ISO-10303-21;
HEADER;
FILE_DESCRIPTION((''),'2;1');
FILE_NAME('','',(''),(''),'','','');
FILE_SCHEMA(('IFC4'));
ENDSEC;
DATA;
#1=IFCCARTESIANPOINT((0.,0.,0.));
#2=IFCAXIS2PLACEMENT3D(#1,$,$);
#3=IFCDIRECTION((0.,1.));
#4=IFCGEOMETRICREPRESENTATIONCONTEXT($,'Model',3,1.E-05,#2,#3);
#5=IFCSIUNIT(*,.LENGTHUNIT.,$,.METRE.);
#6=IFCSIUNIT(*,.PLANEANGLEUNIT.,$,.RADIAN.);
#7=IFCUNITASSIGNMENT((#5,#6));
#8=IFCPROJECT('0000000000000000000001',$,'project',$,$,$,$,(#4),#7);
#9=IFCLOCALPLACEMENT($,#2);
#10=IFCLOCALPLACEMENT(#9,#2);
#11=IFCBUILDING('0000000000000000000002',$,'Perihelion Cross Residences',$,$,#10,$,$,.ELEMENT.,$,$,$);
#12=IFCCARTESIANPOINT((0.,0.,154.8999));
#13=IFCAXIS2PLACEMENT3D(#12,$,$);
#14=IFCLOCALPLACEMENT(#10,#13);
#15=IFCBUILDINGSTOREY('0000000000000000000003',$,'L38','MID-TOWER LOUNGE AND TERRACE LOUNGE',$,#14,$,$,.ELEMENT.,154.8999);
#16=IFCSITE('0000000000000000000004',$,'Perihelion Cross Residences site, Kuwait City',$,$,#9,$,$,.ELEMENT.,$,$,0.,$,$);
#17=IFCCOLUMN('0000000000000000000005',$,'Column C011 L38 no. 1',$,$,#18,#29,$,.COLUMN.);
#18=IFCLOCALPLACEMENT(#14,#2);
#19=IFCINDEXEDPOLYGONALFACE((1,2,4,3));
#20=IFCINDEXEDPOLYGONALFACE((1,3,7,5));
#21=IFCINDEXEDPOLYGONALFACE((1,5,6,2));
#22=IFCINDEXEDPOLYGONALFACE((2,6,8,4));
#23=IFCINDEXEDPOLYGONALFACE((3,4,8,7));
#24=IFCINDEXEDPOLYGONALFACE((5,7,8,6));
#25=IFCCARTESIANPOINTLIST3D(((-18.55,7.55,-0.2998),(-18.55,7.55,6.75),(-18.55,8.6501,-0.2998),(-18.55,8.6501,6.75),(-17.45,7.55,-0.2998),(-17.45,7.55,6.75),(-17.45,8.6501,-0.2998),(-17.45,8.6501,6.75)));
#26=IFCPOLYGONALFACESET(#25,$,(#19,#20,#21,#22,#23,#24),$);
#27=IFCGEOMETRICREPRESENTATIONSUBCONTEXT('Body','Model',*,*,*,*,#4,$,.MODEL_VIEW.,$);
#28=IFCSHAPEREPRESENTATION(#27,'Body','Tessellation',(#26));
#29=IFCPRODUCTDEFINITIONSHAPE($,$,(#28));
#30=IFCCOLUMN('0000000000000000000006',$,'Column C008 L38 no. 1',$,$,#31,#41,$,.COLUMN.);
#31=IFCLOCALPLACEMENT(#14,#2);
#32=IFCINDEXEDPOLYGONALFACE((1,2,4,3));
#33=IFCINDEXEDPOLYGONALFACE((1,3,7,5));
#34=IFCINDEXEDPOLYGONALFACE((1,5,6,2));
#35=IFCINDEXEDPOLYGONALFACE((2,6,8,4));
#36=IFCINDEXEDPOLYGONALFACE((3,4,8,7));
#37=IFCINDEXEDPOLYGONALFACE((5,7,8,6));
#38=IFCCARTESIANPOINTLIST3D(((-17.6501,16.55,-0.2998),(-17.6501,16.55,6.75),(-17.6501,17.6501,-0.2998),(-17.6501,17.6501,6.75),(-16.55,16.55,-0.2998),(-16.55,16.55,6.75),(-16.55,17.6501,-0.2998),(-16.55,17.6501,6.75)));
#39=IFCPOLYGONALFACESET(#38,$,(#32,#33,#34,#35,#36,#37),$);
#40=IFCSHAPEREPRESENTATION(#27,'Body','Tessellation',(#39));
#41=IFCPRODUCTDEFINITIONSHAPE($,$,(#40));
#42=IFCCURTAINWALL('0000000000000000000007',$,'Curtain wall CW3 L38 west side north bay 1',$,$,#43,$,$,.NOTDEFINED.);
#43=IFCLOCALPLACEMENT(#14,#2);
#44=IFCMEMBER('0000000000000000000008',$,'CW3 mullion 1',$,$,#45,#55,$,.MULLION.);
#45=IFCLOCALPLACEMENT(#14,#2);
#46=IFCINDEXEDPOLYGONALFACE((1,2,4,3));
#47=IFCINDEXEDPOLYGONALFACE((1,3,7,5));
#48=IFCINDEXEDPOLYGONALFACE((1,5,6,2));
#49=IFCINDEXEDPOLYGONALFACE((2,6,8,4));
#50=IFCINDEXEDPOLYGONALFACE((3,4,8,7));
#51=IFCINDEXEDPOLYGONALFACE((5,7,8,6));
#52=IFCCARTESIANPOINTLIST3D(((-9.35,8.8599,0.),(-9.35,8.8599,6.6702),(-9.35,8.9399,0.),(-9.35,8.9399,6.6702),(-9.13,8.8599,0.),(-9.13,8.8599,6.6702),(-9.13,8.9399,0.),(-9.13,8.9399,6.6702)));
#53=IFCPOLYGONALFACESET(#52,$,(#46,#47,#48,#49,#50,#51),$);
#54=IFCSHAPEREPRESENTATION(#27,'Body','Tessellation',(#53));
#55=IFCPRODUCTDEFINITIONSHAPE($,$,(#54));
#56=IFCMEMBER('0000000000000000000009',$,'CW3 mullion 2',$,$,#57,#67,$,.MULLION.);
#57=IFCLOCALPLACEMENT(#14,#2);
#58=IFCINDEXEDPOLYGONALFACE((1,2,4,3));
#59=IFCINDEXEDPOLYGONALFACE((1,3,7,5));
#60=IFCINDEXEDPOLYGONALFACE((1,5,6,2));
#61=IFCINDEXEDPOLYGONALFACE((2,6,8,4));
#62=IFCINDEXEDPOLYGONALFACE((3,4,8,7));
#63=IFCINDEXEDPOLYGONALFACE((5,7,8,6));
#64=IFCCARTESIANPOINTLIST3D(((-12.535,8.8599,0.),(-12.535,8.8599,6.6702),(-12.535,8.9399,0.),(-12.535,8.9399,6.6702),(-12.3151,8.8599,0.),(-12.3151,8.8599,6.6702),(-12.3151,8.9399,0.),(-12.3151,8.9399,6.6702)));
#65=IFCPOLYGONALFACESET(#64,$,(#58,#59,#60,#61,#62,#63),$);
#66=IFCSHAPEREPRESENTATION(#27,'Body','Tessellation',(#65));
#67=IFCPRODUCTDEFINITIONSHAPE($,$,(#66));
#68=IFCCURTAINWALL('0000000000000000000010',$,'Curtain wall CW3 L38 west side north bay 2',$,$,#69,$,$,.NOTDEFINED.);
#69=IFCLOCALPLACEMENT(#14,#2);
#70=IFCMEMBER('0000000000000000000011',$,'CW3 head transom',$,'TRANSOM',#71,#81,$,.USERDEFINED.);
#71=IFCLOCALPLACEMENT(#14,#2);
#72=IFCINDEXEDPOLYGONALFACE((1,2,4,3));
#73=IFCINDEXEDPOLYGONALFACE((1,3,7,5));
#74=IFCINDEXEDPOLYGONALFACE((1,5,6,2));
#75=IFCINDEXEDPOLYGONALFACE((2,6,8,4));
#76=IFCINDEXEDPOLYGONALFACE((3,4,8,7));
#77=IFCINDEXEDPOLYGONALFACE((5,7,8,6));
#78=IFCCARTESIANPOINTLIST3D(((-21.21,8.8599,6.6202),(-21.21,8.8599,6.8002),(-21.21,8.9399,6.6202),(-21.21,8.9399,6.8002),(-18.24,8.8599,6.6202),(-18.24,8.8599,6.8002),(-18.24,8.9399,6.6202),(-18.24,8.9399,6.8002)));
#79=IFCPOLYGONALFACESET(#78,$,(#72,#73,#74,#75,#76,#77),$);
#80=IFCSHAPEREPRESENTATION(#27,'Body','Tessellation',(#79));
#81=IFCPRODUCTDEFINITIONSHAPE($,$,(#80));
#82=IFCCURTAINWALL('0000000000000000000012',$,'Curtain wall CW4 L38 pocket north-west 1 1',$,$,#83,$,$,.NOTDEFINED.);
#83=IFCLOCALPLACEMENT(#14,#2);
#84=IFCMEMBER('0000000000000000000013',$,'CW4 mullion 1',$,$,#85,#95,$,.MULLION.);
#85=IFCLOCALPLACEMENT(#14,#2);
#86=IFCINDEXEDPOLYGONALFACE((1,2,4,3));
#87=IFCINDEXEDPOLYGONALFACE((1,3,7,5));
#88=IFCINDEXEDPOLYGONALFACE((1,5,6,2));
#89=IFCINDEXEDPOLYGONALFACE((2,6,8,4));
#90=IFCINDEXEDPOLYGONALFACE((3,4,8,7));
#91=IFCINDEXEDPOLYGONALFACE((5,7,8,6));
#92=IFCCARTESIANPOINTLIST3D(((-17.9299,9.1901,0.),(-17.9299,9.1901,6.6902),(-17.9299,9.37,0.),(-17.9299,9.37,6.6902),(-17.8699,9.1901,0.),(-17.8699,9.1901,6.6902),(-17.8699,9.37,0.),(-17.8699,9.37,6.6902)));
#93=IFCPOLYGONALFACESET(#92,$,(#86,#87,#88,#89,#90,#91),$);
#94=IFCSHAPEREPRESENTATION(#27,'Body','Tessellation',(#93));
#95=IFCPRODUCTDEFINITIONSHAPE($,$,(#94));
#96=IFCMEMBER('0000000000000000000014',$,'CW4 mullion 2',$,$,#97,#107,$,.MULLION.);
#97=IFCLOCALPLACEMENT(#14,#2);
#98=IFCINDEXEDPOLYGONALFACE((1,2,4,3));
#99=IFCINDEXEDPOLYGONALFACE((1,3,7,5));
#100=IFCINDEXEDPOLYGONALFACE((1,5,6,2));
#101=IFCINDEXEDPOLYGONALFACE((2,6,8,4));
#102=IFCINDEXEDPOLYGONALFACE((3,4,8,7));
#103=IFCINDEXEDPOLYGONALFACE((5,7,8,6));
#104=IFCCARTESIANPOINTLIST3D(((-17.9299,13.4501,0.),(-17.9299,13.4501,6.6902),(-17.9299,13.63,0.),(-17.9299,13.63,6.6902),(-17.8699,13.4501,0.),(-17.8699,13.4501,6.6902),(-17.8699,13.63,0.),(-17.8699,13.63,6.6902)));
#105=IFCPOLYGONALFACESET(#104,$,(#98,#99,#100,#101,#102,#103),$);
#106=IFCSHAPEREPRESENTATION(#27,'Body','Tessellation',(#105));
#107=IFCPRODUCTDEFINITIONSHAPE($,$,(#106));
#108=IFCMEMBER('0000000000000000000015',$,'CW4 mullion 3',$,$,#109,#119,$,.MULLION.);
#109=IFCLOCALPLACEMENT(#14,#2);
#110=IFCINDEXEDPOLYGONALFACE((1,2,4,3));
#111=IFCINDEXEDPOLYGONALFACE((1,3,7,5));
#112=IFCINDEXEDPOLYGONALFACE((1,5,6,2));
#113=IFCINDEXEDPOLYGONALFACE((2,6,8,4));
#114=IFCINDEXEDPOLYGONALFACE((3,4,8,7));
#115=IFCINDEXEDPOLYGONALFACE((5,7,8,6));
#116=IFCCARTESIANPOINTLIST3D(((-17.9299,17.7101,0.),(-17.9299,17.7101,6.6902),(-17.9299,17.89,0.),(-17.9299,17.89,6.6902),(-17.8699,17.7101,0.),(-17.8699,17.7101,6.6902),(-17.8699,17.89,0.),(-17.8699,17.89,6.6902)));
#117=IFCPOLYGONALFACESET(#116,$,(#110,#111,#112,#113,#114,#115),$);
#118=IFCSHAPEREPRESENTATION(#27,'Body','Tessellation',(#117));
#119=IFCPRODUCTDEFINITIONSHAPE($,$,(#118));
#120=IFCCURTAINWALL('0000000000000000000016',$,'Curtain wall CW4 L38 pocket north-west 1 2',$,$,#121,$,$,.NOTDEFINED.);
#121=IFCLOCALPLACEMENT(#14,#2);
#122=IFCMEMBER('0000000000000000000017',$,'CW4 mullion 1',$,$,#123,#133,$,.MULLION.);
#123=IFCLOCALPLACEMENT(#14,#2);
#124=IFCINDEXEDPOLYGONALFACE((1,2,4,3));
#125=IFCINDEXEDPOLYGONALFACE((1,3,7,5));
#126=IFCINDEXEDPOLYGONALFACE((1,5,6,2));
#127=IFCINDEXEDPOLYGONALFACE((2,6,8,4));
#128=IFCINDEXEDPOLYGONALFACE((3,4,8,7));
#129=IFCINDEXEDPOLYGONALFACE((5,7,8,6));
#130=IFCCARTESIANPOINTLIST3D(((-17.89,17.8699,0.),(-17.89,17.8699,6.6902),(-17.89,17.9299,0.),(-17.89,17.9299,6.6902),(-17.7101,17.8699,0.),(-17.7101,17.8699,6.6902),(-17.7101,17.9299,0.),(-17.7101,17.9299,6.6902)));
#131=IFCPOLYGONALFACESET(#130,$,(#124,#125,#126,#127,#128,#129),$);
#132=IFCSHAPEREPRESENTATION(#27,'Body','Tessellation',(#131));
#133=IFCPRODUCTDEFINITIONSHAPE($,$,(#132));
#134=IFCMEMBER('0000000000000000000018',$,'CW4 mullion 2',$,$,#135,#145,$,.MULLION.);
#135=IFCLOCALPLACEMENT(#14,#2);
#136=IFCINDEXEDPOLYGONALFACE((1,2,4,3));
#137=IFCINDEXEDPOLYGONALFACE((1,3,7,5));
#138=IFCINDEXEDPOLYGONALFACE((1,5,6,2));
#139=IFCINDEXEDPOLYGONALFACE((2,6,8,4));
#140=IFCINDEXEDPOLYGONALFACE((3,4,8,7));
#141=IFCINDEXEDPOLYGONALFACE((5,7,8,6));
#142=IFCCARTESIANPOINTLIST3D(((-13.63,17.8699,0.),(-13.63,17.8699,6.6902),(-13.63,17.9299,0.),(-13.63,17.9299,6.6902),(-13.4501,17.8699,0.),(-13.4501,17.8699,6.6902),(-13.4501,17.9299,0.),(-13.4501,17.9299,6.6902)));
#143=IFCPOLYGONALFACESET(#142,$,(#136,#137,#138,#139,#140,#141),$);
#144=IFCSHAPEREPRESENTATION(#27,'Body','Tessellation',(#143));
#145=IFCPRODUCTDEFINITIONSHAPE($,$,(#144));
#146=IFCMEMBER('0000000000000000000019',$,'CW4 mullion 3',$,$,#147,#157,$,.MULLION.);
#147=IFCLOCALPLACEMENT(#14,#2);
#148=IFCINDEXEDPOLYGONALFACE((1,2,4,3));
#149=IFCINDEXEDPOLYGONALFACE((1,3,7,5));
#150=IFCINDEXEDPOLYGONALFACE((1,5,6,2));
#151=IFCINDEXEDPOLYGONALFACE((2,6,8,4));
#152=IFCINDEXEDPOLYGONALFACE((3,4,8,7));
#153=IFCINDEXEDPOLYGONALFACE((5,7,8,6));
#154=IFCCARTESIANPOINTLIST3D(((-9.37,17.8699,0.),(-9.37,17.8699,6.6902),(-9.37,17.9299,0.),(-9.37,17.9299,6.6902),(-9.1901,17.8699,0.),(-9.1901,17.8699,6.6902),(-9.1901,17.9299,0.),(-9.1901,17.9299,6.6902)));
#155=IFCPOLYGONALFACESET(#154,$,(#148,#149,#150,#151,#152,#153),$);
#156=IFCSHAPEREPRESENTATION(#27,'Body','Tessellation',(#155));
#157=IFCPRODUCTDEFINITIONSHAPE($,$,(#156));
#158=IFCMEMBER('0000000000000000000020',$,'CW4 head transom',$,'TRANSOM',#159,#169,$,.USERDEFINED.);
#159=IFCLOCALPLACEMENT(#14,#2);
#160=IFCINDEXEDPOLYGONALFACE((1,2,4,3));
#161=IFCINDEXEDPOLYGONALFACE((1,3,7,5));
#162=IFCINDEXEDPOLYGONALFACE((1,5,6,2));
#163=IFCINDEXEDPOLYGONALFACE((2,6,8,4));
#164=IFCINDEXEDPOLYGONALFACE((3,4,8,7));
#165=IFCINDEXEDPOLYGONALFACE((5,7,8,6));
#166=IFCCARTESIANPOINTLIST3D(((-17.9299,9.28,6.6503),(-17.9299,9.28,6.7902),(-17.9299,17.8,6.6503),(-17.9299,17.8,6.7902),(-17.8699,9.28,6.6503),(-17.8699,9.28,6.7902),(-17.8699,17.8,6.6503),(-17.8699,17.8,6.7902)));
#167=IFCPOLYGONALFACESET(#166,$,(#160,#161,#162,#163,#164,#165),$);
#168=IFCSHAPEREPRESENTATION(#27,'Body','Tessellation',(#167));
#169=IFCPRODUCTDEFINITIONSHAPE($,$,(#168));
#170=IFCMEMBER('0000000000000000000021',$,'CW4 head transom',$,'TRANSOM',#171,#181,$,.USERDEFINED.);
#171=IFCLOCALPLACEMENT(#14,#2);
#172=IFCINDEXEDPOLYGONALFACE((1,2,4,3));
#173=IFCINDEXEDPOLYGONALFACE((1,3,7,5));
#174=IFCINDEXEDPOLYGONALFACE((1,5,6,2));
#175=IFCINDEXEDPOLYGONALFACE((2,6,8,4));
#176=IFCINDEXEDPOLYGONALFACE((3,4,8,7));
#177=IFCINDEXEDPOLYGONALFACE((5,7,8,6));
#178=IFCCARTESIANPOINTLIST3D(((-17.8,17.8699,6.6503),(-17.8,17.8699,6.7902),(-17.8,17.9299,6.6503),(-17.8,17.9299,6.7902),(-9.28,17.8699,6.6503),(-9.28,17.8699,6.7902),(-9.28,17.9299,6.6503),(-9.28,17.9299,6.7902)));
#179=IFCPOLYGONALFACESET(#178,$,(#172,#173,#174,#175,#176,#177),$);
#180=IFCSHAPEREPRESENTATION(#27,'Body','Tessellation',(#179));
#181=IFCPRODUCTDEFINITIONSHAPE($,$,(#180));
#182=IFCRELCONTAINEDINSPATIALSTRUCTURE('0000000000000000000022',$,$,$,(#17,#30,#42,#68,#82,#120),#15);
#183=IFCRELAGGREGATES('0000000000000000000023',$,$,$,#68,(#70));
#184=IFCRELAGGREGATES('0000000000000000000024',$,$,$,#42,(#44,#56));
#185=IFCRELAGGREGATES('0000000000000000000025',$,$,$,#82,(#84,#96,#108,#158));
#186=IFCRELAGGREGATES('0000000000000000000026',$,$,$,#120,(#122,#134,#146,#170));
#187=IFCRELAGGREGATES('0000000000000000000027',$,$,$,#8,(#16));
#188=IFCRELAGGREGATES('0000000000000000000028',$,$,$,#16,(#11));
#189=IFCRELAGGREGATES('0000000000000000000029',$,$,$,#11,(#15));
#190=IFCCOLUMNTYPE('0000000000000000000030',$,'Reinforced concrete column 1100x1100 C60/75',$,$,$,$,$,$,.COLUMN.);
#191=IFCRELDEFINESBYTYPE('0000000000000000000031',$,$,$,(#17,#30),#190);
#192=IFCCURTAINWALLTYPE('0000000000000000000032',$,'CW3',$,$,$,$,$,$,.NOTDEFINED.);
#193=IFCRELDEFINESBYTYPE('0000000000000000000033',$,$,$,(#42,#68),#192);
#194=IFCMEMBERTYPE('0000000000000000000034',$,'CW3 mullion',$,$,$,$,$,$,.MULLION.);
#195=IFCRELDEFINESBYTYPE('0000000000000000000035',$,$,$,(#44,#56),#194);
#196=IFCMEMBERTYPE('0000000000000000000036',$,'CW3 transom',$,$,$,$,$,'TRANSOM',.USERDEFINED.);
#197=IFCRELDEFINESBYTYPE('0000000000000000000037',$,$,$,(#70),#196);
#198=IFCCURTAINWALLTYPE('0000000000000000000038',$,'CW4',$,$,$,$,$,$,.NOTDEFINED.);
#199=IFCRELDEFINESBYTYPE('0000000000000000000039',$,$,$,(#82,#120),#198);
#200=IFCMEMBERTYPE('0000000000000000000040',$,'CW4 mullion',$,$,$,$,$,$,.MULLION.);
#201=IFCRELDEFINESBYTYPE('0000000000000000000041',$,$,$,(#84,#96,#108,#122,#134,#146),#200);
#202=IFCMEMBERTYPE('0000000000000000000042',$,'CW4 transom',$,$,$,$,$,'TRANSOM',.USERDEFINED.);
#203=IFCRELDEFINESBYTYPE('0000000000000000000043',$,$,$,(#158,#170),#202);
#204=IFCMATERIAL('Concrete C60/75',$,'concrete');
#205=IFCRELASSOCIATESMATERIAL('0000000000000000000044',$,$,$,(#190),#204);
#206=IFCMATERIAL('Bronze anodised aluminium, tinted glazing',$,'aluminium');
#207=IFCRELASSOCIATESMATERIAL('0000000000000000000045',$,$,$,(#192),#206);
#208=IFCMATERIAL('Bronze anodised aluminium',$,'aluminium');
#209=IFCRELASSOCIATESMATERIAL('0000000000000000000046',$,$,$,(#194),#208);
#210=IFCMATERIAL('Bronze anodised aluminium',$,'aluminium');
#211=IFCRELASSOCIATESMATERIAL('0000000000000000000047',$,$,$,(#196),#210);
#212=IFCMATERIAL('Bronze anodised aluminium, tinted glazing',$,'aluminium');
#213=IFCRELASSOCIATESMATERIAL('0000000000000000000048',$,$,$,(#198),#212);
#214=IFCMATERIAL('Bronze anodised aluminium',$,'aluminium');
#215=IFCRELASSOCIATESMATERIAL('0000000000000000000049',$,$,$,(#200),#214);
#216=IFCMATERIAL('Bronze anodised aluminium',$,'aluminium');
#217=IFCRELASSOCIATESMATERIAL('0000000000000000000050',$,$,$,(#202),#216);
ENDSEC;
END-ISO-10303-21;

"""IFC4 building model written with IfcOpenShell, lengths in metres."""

from ifc_helpers import new_model, si_unit, direction, frame, origin, origin_2d, place, context, subcontext, project, spatial, rectangle, extrude, material, material_profile, profile_set, type_object, element, aggregate, save


model = new_model("IFC4")

# Units and contexts
model_context = context("Model", 3, precision=1e-05, world=origin(), true_north=direction((0.0, 1.0)))
body_context = subcontext(model_context, "Body", "Model", "MODEL_VIEW")
ifc_project = project(units=[si_unit("LENGTHUNIT", "METRE"), si_unit("PLANEANGLEUNIT", "RADIAN")], contexts=[model_context])

# Site, building, storey
site_placement = place(None, origin())
site = spatial("IfcSite", under=ifc_project, at=site_placement, Name="Perihelion Cross Residences site, Kuwait City", CompositionType="ELEMENT", RefElevation=0.0)
building_placement = place(site_placement, origin())
building = spatial("IfcBuilding", under=site, at=building_placement, Name="Perihelion Cross Residences", CompositionType="ELEMENT")
storey_placement = place(building_placement, frame((0.0, 0.0, 154.8999)))
storey = spatial("IfcBuildingStorey", under=building, at=storey_placement, Name="L38", Description="MID-TOWER LOUNGE AND TERRACE LOUNGE", CompositionType="ELEMENT", Elevation=154.8999)

# Columns
ifc_material_1 = material(Name="Concrete C60/75", Category="concrete")
ifc_material_profile_1 = material_profile(ifc_material_1, rectangle(XDim=1.1001, YDim=1.1001, at=origin_2d()), Name="RC 1100x1100")
ifc_profile_set_1 = profile_set([ifc_material_profile_1], Name="Concrete C60/75")
column_type = type_object("IfcColumnType", Name="Reinforced concrete column 1100x1100 C60/75", PredefinedType="COLUMN", material=ifc_profile_set_1)
for number, where, z_axis, x_axis, name in (
    (1, (-18.0, 8.1001, -0.2998), (0.0, 0.0, 1.0), (1.0, 0.0, 0.0), "Column C011 L38 no. 1"),
    (2, (-17.1001, 17.1001, -0.2998), (0.0, 0.0, 1.0), (1.0, 0.0, 0.0), "Column C008 L38 no. 1"),
):
    element("IfcColumn", number, at=place(storey_placement, frame(where, z_axis=z_axis, x_axis=x_axis)), inside=storey, type_object=column_type, Name=name, PredefinedType="COLUMN", context=body_context, shape_type="SweptSolid", body=[
        extrude(rectangle(XDim=1.1001, YDim=1.1001, at=origin_2d()), origin(), (0.0, 0.0, 1.0), 7.0498),
    ])

# Curtain wall, members
ifc_material_2 = material(Name="Bronze anodised aluminium, tinted glazing", Category="aluminium")
curtain_wall_type_1 = type_object("IfcCurtainWallType", Name="CW3", PredefinedType="NOTDEFINED", material=ifc_material_2)
curtain_wall_1_placement = place(storey_placement, origin())
curtain_wall_1 = element("IfcCurtainWall", 3, at=curtain_wall_1_placement, inside=storey, type_object=curtain_wall_type_1, Name="Curtain wall CW3 L38 west side north bay 1", PredefinedType="NOTDEFINED")
ifc_material_3 = material(Name="Bronze anodised aluminium", Category="aluminium")
ifc_material_profile_2 = material_profile(ifc_material_3, rectangle(XDim=0.0801, YDim=0.22, at=origin_2d()), Name="CW3 mullion")
ifc_profile_set_2 = profile_set([ifc_material_profile_2], Name="Bronze anodised aluminium")
member_type_1 = type_object("IfcMemberType", Name="CW3 mullion", PredefinedType="MULLION", material=ifc_profile_set_2)
member_1_placement = place(storey_placement, frame((-9.24, 8.8999, 0.0), z_axis=(0.0, 0.0, 1.0), x_axis=(0.0, -1.0, 0.0)))
member_1 = element("IfcMember", 4, at=member_1_placement, type_object=member_type_1, Name="CW3 mullion 1", PredefinedType="MULLION", context=body_context, shape_type="SweptSolid", body=[
    extrude(rectangle(XDim=0.0801, YDim=0.22, at=origin_2d()), origin(), (0.0, 0.0, 1.0), 6.6702),
])
member_2_placement = place(storey_placement, frame((-12.425, 8.8999, 0.0), z_axis=(0.0, 0.0, 1.0), x_axis=(0.0, -1.0, 0.0)))
member_2 = element("IfcMember", 5, at=member_2_placement, type_object=member_type_1, Name="CW3 mullion 2", PredefinedType="MULLION", context=body_context, shape_type="SweptSolid", body=[
    extrude(rectangle(XDim=0.0801, YDim=0.22, at=origin_2d()), origin(), (0.0, 0.0, 1.0), 6.6702),
])

# Curtain wall, member
curtain_wall_2_placement = place(storey_placement, origin())
curtain_wall_2 = element("IfcCurtainWall", 6, at=curtain_wall_2_placement, inside=storey, type_object=curtain_wall_type_1, Name="Curtain wall CW3 L38 west side north bay 2", PredefinedType="NOTDEFINED")
ifc_material_4 = material(Name="Bronze anodised aluminium", Category="aluminium")
ifc_material_profile_3 = material_profile(ifc_material_4, rectangle(XDim=0.0801, YDim=0.1799, at=origin_2d()), Name="CW3 transom")
ifc_profile_set_3 = profile_set([ifc_material_profile_3], Name="Bronze anodised aluminium")
member_type_2 = type_object("IfcMemberType", Name="CW3 transom", ElementType="TRANSOM", PredefinedType="USERDEFINED", material=ifc_profile_set_3)
member_3_placement = place(storey_placement, frame((-18.24, 8.8999, 6.7102), z_axis=(-1.0, 0.0, 0.0), x_axis=(0.0, -1.0, 0.0)))
member_3 = element("IfcMember", 7, at=member_3_placement, type_object=member_type_2, Name="CW3 head transom", ObjectType="TRANSOM", PredefinedType="USERDEFINED", context=body_context, shape_type="SweptSolid", body=[
    extrude(rectangle(XDim=0.0801, YDim=0.1799, at=origin_2d()), origin(), (0.0, 0.0, 1.0), 2.97),
])
aggregate(curtain_wall_2, [member_3])

# Curtain walls, members
ifc_material_5 = material(Name="Bronze anodised aluminium, tinted glazing", Category="aluminium")
curtain_wall_type_2 = type_object("IfcCurtainWallType", Name="CW4", PredefinedType="NOTDEFINED", material=ifc_material_5)
curtain_wall_3_placement = place(storey_placement, origin())
curtain_wall_3 = element("IfcCurtainWall", 8, at=curtain_wall_3_placement, inside=storey, type_object=curtain_wall_type_2, Name="Curtain wall CW4 L38 pocket north-west 1 1", PredefinedType="NOTDEFINED")
ifc_material_6 = material(Name="Bronze anodised aluminium", Category="aluminium")
ifc_material_profile_4 = material_profile(ifc_material_6, rectangle(XDim=0.0601, YDim=0.1799, at=origin_2d()), Name="CW4 mullion")
ifc_profile_set_4 = profile_set([ifc_material_profile_4], Name="Bronze anodised aluminium")
member_type_3 = type_object("IfcMemberType", Name="CW4 mullion", PredefinedType="MULLION", material=ifc_profile_set_4)
member_4_placement = place(storey_placement, frame((-17.8999, 9.28, 0.0), z_axis=(0.0, 0.0, 1.0), x_axis=(-1.0, 0.0, 0.0)))
member_4 = element("IfcMember", 9, at=member_4_placement, type_object=member_type_3, Name="CW4 mullion 1", PredefinedType="MULLION", context=body_context, shape_type="SweptSolid", body=[
    extrude(rectangle(XDim=0.0601, YDim=0.1799, at=origin_2d()), origin(), (0.0, 0.0, 1.0), 6.6902),
])
member_5_placement = place(storey_placement, frame((-17.8999, 13.54, 0.0), z_axis=(0.0, 0.0, 1.0), x_axis=(-1.0, 0.0, 0.0)))
member_5 = element("IfcMember", 10, at=member_5_placement, type_object=member_type_3, Name="CW4 mullion 2", PredefinedType="MULLION", context=body_context, shape_type="SweptSolid", body=[
    extrude(rectangle(XDim=0.0601, YDim=0.1799, at=origin_2d()), origin(), (0.0, 0.0, 1.0), 6.6902),
])
member_6_placement = place(storey_placement, frame((-17.8999, 17.8, 0.0), z_axis=(0.0, 0.0, 1.0), x_axis=(-1.0, 0.0, 0.0)))
member_6 = element("IfcMember", 11, at=member_6_placement, type_object=member_type_3, Name="CW4 mullion 3", PredefinedType="MULLION", context=body_context, shape_type="SweptSolid", body=[
    extrude(rectangle(XDim=0.0601, YDim=0.1799, at=origin_2d()), origin(), (0.0, 0.0, 1.0), 6.6902),
])
curtain_wall_4_placement = place(storey_placement, origin())
curtain_wall_4 = element("IfcCurtainWall", 12, at=curtain_wall_4_placement, inside=storey, type_object=curtain_wall_type_2, Name="Curtain wall CW4 L38 pocket north-west 1 2", PredefinedType="NOTDEFINED")
member_7_placement = place(storey_placement, frame((-17.8, 17.8999, 0.0), z_axis=(0.0, 0.0, 1.0), x_axis=(0.0, 1.0, 0.0)))
member_7 = element("IfcMember", 13, at=member_7_placement, type_object=member_type_3, Name="CW4 mullion 1", PredefinedType="MULLION", context=body_context, shape_type="SweptSolid", body=[
    extrude(rectangle(XDim=0.0601, YDim=0.1799, at=origin_2d()), origin(), (0.0, 0.0, 1.0), 6.6902),
])
member_8_placement = place(storey_placement, frame((-13.54, 17.8999, 0.0), z_axis=(0.0, 0.0, 1.0), x_axis=(0.0, 1.0, 0.0)))
member_8 = element("IfcMember", 14, at=member_8_placement, type_object=member_type_3, Name="CW4 mullion 2", PredefinedType="MULLION", context=body_context, shape_type="SweptSolid", body=[
    extrude(rectangle(XDim=0.0601, YDim=0.1799, at=origin_2d()), origin(), (0.0, 0.0, 1.0), 6.6902),
])
member_9_placement = place(storey_placement, frame((-9.28, 17.8999, 0.0), z_axis=(0.0, 0.0, 1.0), x_axis=(0.0, 1.0, 0.0)))
member_9 = element("IfcMember", 15, at=member_9_placement, type_object=member_type_3, Name="CW4 mullion 3", PredefinedType="MULLION", context=body_context, shape_type="SweptSolid", body=[
    extrude(rectangle(XDim=0.0601, YDim=0.1799, at=origin_2d()), origin(), (0.0, 0.0, 1.0), 6.6902),
])

# Members
ifc_material_7 = material(Name="Bronze anodised aluminium", Category="aluminium")
ifc_material_profile_5 = material_profile(ifc_material_7, rectangle(XDim=0.0601, YDim=0.1399, at=origin_2d()), Name="CW4 transom")
ifc_profile_set_5 = profile_set([ifc_material_profile_5], Name="Bronze anodised aluminium")
member_type_4 = type_object("IfcMemberType", Name="CW4 transom", ElementType="TRANSOM", PredefinedType="USERDEFINED", material=ifc_profile_set_5)
member_10_placement = place(storey_placement, frame((-17.8999, 9.28, 6.7202), z_axis=(0.0, 1.0, 0.0), x_axis=(-1.0, 0.0, 0.0)))
member_10 = element("IfcMember", 16, at=member_10_placement, type_object=member_type_4, Name="CW4 head transom", ObjectType="TRANSOM", PredefinedType="USERDEFINED", context=body_context, shape_type="SweptSolid", body=[
    extrude(rectangle(XDim=0.0601, YDim=0.1399, at=origin_2d()), origin(), (0.0, 0.0, 1.0), 8.52),
])
member_11_placement = place(storey_placement, frame((-17.8, 17.8999, 6.7202), z_axis=(1.0, 0.0, 0.0), x_axis=(0.0, 1.0, 0.0)))
member_11 = element("IfcMember", 17, at=member_11_placement, type_object=member_type_4, Name="CW4 head transom", ObjectType="TRANSOM", PredefinedType="USERDEFINED", context=body_context, shape_type="SweptSolid", body=[
    extrude(rectangle(XDim=0.0601, YDim=0.1399, at=origin_2d()), origin(), (0.0, 0.0, 1.0), 8.52),
])

aggregate(curtain_wall_1, [member_1, member_2])
aggregate(curtain_wall_3, [member_4, member_5, member_6, member_10])
aggregate(curtain_wall_4, [member_7, member_8, member_9, member_11])

save(model, "model.ifc")
